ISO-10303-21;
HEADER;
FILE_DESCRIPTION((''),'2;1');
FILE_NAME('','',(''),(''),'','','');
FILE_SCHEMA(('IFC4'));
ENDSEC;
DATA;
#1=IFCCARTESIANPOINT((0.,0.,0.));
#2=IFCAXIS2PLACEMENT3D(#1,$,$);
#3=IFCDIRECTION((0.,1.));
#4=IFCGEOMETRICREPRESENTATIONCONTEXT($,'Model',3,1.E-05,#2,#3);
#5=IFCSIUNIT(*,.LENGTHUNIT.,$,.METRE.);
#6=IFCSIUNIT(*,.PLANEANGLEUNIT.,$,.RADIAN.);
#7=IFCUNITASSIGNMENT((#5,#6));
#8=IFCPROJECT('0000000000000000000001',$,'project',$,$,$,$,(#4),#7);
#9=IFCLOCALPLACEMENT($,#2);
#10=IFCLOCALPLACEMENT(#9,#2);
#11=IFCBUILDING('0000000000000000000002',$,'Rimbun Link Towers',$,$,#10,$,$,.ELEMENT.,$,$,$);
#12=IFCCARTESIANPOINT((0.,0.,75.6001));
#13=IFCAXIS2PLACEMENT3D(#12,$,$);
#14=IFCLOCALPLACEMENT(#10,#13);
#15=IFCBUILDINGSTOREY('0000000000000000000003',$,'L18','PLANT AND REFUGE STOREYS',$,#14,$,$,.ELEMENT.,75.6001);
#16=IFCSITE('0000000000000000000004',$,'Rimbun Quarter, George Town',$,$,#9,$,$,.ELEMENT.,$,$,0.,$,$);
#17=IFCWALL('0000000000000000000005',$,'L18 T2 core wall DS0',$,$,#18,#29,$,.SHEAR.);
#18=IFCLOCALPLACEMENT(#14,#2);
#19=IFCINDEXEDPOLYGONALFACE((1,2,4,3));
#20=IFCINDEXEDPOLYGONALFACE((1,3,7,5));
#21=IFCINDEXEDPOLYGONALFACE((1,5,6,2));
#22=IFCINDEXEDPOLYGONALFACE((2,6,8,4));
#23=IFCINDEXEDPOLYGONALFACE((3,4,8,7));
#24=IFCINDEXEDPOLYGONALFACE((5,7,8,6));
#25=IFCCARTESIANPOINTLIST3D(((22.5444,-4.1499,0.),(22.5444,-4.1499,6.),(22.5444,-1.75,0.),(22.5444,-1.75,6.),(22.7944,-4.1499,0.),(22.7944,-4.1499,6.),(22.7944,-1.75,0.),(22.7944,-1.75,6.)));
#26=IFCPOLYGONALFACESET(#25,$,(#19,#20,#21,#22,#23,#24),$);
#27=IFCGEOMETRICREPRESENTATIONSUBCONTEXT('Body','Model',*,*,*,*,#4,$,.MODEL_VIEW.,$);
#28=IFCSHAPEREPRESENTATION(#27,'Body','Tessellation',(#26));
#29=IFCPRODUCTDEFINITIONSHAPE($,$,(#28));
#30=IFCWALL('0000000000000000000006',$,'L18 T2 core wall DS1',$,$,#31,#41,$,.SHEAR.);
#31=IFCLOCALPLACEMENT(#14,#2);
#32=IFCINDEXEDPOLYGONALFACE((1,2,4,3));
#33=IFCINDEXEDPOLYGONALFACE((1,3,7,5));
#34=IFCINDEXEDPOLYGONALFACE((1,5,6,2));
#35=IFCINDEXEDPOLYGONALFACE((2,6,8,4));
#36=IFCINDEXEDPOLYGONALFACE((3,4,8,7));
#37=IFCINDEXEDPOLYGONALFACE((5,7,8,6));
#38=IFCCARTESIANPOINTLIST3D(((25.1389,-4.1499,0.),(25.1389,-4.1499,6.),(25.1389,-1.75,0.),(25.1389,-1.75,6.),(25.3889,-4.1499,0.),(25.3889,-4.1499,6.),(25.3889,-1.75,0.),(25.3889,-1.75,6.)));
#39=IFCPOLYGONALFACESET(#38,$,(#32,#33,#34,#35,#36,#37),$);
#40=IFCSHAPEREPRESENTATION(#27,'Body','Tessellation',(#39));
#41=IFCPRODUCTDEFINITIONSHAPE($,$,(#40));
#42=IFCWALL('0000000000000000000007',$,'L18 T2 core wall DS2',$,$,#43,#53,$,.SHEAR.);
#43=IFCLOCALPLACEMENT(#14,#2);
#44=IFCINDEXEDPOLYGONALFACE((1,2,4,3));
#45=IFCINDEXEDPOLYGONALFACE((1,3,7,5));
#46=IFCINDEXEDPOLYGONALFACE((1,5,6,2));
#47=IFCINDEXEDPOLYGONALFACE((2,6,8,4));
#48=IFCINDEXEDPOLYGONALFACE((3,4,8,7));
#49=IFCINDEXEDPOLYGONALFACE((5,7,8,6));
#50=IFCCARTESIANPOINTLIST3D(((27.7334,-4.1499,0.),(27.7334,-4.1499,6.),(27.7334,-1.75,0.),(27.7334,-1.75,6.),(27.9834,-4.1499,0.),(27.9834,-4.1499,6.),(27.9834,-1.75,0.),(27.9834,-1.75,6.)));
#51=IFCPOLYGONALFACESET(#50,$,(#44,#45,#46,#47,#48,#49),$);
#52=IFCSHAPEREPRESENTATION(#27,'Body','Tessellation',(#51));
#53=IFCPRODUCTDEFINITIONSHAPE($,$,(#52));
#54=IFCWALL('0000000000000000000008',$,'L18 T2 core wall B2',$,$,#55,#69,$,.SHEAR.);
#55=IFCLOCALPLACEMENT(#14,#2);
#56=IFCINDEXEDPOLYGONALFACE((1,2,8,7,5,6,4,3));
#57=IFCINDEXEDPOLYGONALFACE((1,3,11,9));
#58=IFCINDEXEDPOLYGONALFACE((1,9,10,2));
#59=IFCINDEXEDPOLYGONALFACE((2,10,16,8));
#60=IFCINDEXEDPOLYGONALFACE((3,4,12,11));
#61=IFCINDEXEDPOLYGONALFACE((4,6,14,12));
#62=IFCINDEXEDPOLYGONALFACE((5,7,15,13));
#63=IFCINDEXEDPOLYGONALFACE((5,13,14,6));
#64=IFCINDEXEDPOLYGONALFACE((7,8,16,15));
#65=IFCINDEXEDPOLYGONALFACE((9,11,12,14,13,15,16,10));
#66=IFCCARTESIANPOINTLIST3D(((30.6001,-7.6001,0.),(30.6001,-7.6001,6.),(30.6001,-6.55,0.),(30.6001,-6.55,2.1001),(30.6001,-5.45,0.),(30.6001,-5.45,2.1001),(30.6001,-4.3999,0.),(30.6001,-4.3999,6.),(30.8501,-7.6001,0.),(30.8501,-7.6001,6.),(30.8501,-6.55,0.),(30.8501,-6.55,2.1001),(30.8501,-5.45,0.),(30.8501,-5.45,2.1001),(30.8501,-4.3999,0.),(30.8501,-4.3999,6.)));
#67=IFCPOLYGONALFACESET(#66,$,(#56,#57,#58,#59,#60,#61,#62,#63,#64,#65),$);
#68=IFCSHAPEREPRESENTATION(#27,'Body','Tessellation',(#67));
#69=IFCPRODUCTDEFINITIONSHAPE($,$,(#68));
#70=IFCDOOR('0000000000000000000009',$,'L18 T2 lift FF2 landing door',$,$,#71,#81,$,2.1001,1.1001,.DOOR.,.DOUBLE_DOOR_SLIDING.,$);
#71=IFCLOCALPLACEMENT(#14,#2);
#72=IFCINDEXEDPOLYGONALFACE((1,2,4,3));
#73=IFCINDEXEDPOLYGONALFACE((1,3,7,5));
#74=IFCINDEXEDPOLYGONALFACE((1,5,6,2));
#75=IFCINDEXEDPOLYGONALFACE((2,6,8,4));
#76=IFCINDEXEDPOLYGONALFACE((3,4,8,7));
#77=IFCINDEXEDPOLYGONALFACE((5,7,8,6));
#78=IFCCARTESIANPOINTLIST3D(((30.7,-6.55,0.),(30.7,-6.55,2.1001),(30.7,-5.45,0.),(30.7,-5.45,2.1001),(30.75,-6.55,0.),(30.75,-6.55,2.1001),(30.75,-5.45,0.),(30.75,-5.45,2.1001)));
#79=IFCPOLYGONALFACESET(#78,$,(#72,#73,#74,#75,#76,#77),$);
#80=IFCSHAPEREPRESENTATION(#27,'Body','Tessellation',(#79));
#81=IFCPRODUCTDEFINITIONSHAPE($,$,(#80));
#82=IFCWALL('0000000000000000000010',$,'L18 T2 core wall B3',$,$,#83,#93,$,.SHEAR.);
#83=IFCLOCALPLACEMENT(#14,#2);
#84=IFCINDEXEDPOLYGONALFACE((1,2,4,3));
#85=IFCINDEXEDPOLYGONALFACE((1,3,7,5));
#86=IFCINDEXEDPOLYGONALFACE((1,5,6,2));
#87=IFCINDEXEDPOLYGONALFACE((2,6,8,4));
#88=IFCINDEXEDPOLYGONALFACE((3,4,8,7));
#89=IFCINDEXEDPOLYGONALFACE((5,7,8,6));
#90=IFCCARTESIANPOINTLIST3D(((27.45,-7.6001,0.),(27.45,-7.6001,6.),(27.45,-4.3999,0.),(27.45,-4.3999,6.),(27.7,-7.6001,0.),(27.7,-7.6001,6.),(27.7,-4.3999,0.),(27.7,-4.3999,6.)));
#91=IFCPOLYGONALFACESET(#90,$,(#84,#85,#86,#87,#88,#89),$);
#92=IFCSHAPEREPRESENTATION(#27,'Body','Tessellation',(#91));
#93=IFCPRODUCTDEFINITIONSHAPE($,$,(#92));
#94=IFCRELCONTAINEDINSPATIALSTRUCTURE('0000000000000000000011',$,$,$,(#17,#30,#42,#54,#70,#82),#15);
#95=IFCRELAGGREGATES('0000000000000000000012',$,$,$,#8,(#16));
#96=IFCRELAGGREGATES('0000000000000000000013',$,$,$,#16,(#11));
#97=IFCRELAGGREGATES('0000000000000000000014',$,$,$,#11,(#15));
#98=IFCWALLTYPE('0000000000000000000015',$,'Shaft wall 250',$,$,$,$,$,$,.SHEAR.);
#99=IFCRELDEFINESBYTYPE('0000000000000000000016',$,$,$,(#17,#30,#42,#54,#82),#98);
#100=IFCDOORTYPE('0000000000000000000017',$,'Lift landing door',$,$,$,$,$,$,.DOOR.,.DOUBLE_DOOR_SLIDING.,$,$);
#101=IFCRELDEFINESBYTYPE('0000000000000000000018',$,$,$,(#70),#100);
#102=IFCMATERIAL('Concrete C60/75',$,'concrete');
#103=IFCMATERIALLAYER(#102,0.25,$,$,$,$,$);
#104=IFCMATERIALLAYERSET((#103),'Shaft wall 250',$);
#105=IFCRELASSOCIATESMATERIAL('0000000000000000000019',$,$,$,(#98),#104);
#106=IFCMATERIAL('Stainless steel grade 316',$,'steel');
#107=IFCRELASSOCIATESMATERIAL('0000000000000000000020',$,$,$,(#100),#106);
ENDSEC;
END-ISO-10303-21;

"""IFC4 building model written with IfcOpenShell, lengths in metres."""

from ifc_helpers import new_model, si_unit, direction, frame, frame_2d, origin, place, context, subcontext, project, spatial, rectangle, extrude, material, layer, layer_set, type_object, element, fill, save


model = new_model("IFC4")

# Units and contexts
model_context = context("Model", 3, precision=1e-05, world=origin(), true_north=direction((0.0, 1.0)))
body_context = subcontext(model_context, "Body", "Model", "MODEL_VIEW")
ifc_project = project(units=[si_unit("LENGTHUNIT", "METRE"), si_unit("PLANEANGLEUNIT", "RADIAN")], contexts=[model_context])

# Site, building, storey
site_placement = place(None, origin())
site = spatial("IfcSite", under=ifc_project, at=site_placement, Name="Rimbun Quarter, George Town", CompositionType="ELEMENT", RefElevation=0.0)
building_placement = place(site_placement, origin())
building = spatial("IfcBuilding", under=site, at=building_placement, Name="Rimbun Link Towers", CompositionType="ELEMENT")
storey_placement = place(building_placement, frame((0.0, 0.0, 75.6001)))
storey = spatial("IfcBuildingStorey", under=building, at=storey_placement, Name="L18", Description="PLANT AND REFUGE STOREYS", CompositionType="ELEMENT", Elevation=75.6001)

# Shared definitions
ifc_material_1 = material(Name="Concrete C60/75", Category="concrete")
ifc_layer_1 = layer(ifc_material_1, 0.25)
ifc_layer_set_1 = layer_set([ifc_layer_1], Name="Shaft wall 250")
wall_type_1 = type_object("IfcWallType", Name="Shaft wall 250", PredefinedType="SHEAR", material=ifc_layer_set_1)

# Walls
for number, where, z_axis, x_axis, name in (
    (1, (22.6694, -4.1499, 0.0), (0.0, 0.0, 1.0), (0.0, 1.0, 0.0), "L18 T2 core wall DS0"),
    (2, (25.2639, -4.1499, 0.0), (0.0, 0.0, 1.0), (0.0, 1.0, 0.0), "L18 T2 core wall DS1"),
    (3, (27.8584, -4.1499, 0.0), (0.0, 0.0, 1.0), (0.0, 1.0, 0.0), "L18 T2 core wall DS2"),
):
    element("IfcWall", number, at=place(storey_placement, frame(where, z_axis=z_axis, x_axis=x_axis)), inside=storey, type_object=wall_type_1, Name=name, PredefinedType="SHEAR", context=body_context, shape_type="SweptSolid", body=[
        extrude(rectangle(XDim=2.3999, YDim=0.25, at=frame_2d((1.2, 0.0))), origin(), (0.0, 0.0, 1.0), 6.0),
    ])

# Wall, opening, door
wall_1_placement = place(storey_placement, frame((30.7251, -4.3999, 0.0), z_axis=(0.0, 0.0, 1.0), x_axis=(0.0, -1.0, 0.0)))
wall_1 = element("IfcWall", 4, at=wall_1_placement, inside=storey, type_object=wall_type_1, Name="L18 T2 core wall B2", PredefinedType="SHEAR", context=body_context, shape_type="SweptSolid", body=[
    extrude(rectangle(XDim=3.2002, YDim=0.25, at=frame_2d((1.6001, 0.0))), origin(), (0.0, 0.0, 1.0), 6.0),
])
opening_1_placement = place(wall_1_placement, frame((1.05, 0.0, 0.0)))
opening_1 = element("IfcOpeningElement", 5, at=opening_1_placement, cuts=wall_1, PredefinedType="OPENING", context=body_context, shape_type="SweptSolid", body=[
    extrude(rectangle(XDim=1.1001, YDim=2.1001, at=frame_2d((0.55, 1.05))), frame((0.0, 0.135, 0.0), z_axis=(0.0, -1.0, 0.0), x_axis=(1.0, 0.0, 0.0)), (0.0, 0.0, 1.0), 0.27),
])
ifc_material_2 = material(Name="Stainless steel grade 316", Category="steel")
door_type_1 = type_object("IfcDoorType", Name="Lift landing door", OperationType="DOUBLE_DOOR_SLIDING", PredefinedType="DOOR", material=ifc_material_2)
door_1_placement = place(opening_1_placement, origin())
door_1 = element("IfcDoor", 6, at=door_1_placement, inside=storey, type_object=door_type_1, Name="L18 T2 lift FF2 landing door", OperationType="DOUBLE_DOOR_SLIDING", OverallHeight=2.1001, OverallWidth=1.1001, PredefinedType="DOOR", context=body_context, shape_type="SweptSolid", body=[
    extrude(rectangle(XDim=1.1001, YDim=2.1001, at=frame_2d((0.55, 1.05))), frame((0.0, 0.0249, 0.0), z_axis=(0.0, -1.0, 0.0), x_axis=(1.0, 0.0, 0.0)), (0.0, 0.0, 1.0), 0.05),
])
fill(opening_1, door_1)

# Wall
wall_2_placement = place(storey_placement, frame((27.575, -4.3999, 0.0), z_axis=(0.0, 0.0, 1.0), x_axis=(0.0, -1.0, 0.0)))
element("IfcWall", 7, at=wall_2_placement, inside=storey, type_object=wall_type_1, Name="L18 T2 core wall B3", PredefinedType="SHEAR", context=body_context, shape_type="SweptSolid", body=[
    extrude(rectangle(XDim=3.2002, YDim=0.25, at=frame_2d((1.6001, 0.0))), origin(), (0.0, 0.0, 1.0), 6.0),
])

save(model, "model.ifc")
